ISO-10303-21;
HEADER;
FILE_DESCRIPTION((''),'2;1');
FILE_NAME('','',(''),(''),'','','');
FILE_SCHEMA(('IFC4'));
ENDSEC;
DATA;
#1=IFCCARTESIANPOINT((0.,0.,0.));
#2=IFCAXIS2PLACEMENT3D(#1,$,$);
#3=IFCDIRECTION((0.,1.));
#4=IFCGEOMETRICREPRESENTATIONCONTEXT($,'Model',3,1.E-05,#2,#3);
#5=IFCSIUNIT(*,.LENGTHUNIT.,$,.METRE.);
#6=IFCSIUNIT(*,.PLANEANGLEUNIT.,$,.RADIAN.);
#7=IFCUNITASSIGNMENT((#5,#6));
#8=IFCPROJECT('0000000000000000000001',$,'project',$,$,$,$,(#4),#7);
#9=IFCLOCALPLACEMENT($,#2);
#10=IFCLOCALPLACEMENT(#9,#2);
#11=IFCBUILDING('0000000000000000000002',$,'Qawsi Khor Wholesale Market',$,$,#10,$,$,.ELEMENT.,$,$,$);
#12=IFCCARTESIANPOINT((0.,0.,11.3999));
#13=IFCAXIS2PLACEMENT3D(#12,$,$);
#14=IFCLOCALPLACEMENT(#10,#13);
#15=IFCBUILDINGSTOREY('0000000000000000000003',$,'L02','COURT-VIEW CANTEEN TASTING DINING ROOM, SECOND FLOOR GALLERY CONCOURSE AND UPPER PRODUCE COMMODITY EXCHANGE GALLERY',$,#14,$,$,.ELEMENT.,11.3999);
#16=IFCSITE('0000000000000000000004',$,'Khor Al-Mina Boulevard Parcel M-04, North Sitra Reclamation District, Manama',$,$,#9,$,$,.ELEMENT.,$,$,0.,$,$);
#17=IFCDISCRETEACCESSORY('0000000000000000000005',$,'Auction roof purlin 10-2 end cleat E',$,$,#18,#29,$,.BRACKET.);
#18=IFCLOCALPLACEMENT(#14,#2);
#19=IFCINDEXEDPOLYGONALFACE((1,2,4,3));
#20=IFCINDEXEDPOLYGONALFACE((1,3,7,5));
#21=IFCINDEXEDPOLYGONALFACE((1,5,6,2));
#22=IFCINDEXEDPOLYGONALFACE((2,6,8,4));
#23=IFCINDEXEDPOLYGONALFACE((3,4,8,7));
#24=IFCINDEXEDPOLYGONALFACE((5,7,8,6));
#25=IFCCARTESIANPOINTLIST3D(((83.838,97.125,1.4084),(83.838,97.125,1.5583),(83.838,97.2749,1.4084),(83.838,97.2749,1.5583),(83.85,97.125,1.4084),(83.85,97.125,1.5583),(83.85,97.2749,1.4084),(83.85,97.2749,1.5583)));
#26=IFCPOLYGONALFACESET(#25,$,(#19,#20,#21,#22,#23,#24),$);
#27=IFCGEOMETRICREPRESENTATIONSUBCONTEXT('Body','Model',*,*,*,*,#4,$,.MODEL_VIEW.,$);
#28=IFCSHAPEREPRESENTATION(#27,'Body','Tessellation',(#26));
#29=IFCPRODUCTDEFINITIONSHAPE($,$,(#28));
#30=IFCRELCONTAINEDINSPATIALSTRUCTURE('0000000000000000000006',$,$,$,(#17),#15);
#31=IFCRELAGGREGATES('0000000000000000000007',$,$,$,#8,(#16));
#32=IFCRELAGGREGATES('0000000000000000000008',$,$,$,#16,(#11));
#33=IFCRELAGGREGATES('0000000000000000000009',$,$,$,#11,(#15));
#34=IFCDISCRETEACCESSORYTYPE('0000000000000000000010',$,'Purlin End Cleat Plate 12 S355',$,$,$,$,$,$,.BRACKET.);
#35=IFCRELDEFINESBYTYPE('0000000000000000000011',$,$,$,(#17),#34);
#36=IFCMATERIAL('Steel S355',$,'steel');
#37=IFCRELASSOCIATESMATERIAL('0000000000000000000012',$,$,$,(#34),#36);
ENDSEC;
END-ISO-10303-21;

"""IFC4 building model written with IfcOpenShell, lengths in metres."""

from ifc_helpers import new_model, si_unit, direction, frame, origin, origin_2d, place, context, subcontext, project, spatial, rectangle, extrude, material, type_object, element, save


model = new_model("IFC4")

# Units and contexts
model_context = context("Model", 3, precision=1e-05, world=origin(), true_north=direction((0.0, 1.0)))
body_context = subcontext(model_context, "Body", "Model", "MODEL_VIEW")
ifc_project = project(units=[si_unit("LENGTHUNIT", "METRE"), si_unit("PLANEANGLEUNIT", "RADIAN")], contexts=[model_context])

# Site, building, storey
site_placement = place(None, origin())
site = spatial("IfcSite", under=ifc_project, at=site_placement, Name="Khor Al-Mina Boulevard Parcel M-04, North Sitra Reclamation District, Manama", CompositionType="ELEMENT", RefElevation=0.0)
building_placement = place(site_placement, origin())
building = spatial("IfcBuilding", under=site, at=building_placement, Name="Qawsi Khor Wholesale Market", CompositionType="ELEMENT")
storey_placement = place(building_placement, frame((0.0, 0.0, 11.3999)))
storey = spatial("IfcBuildingStorey", under=building, at=storey_placement, Name="L02", Description="COURT-VIEW CANTEEN TASTING DINING ROOM, SECOND FLOOR GALLERY CONCOURSE AND UPPER PRODUCE COMMODITY EXCHANGE GALLERY", CompositionType="ELEMENT", Elevation=11.3999)

# Shared definitions
ifc_material_1 = material(Name="Steel S355", Category="steel")

# Discrete accessory
discrete_accessory_type = type_object("IfcDiscreteAccessoryType", Name="Purlin End Cleat Plate 12 S355", PredefinedType="BRACKET", material=ifc_material_1)
for number, where, z_axis, x_axis, name in (
    (1, (83.844, 97.2, 1.4084), (0.0, 0.0, 1.0), (1.0, 0.0, 0.0), "Auction roof purlin 10-2 end cleat E"),
):
    element("IfcDiscreteAccessory", number, at=place(storey_placement, frame(where, z_axis=z_axis, x_axis=x_axis)), inside=storey, type_object=discrete_accessory_type, Name=name, PredefinedType="BRACKET", context=body_context, shape_type="SweptSolid", body=[
        extrude(rectangle(XDim=0.012, YDim=0.1499, at=origin_2d()), origin(), (0.0, 0.0, 1.0), 0.1499),
    ])

save(model, "model.ifc")
